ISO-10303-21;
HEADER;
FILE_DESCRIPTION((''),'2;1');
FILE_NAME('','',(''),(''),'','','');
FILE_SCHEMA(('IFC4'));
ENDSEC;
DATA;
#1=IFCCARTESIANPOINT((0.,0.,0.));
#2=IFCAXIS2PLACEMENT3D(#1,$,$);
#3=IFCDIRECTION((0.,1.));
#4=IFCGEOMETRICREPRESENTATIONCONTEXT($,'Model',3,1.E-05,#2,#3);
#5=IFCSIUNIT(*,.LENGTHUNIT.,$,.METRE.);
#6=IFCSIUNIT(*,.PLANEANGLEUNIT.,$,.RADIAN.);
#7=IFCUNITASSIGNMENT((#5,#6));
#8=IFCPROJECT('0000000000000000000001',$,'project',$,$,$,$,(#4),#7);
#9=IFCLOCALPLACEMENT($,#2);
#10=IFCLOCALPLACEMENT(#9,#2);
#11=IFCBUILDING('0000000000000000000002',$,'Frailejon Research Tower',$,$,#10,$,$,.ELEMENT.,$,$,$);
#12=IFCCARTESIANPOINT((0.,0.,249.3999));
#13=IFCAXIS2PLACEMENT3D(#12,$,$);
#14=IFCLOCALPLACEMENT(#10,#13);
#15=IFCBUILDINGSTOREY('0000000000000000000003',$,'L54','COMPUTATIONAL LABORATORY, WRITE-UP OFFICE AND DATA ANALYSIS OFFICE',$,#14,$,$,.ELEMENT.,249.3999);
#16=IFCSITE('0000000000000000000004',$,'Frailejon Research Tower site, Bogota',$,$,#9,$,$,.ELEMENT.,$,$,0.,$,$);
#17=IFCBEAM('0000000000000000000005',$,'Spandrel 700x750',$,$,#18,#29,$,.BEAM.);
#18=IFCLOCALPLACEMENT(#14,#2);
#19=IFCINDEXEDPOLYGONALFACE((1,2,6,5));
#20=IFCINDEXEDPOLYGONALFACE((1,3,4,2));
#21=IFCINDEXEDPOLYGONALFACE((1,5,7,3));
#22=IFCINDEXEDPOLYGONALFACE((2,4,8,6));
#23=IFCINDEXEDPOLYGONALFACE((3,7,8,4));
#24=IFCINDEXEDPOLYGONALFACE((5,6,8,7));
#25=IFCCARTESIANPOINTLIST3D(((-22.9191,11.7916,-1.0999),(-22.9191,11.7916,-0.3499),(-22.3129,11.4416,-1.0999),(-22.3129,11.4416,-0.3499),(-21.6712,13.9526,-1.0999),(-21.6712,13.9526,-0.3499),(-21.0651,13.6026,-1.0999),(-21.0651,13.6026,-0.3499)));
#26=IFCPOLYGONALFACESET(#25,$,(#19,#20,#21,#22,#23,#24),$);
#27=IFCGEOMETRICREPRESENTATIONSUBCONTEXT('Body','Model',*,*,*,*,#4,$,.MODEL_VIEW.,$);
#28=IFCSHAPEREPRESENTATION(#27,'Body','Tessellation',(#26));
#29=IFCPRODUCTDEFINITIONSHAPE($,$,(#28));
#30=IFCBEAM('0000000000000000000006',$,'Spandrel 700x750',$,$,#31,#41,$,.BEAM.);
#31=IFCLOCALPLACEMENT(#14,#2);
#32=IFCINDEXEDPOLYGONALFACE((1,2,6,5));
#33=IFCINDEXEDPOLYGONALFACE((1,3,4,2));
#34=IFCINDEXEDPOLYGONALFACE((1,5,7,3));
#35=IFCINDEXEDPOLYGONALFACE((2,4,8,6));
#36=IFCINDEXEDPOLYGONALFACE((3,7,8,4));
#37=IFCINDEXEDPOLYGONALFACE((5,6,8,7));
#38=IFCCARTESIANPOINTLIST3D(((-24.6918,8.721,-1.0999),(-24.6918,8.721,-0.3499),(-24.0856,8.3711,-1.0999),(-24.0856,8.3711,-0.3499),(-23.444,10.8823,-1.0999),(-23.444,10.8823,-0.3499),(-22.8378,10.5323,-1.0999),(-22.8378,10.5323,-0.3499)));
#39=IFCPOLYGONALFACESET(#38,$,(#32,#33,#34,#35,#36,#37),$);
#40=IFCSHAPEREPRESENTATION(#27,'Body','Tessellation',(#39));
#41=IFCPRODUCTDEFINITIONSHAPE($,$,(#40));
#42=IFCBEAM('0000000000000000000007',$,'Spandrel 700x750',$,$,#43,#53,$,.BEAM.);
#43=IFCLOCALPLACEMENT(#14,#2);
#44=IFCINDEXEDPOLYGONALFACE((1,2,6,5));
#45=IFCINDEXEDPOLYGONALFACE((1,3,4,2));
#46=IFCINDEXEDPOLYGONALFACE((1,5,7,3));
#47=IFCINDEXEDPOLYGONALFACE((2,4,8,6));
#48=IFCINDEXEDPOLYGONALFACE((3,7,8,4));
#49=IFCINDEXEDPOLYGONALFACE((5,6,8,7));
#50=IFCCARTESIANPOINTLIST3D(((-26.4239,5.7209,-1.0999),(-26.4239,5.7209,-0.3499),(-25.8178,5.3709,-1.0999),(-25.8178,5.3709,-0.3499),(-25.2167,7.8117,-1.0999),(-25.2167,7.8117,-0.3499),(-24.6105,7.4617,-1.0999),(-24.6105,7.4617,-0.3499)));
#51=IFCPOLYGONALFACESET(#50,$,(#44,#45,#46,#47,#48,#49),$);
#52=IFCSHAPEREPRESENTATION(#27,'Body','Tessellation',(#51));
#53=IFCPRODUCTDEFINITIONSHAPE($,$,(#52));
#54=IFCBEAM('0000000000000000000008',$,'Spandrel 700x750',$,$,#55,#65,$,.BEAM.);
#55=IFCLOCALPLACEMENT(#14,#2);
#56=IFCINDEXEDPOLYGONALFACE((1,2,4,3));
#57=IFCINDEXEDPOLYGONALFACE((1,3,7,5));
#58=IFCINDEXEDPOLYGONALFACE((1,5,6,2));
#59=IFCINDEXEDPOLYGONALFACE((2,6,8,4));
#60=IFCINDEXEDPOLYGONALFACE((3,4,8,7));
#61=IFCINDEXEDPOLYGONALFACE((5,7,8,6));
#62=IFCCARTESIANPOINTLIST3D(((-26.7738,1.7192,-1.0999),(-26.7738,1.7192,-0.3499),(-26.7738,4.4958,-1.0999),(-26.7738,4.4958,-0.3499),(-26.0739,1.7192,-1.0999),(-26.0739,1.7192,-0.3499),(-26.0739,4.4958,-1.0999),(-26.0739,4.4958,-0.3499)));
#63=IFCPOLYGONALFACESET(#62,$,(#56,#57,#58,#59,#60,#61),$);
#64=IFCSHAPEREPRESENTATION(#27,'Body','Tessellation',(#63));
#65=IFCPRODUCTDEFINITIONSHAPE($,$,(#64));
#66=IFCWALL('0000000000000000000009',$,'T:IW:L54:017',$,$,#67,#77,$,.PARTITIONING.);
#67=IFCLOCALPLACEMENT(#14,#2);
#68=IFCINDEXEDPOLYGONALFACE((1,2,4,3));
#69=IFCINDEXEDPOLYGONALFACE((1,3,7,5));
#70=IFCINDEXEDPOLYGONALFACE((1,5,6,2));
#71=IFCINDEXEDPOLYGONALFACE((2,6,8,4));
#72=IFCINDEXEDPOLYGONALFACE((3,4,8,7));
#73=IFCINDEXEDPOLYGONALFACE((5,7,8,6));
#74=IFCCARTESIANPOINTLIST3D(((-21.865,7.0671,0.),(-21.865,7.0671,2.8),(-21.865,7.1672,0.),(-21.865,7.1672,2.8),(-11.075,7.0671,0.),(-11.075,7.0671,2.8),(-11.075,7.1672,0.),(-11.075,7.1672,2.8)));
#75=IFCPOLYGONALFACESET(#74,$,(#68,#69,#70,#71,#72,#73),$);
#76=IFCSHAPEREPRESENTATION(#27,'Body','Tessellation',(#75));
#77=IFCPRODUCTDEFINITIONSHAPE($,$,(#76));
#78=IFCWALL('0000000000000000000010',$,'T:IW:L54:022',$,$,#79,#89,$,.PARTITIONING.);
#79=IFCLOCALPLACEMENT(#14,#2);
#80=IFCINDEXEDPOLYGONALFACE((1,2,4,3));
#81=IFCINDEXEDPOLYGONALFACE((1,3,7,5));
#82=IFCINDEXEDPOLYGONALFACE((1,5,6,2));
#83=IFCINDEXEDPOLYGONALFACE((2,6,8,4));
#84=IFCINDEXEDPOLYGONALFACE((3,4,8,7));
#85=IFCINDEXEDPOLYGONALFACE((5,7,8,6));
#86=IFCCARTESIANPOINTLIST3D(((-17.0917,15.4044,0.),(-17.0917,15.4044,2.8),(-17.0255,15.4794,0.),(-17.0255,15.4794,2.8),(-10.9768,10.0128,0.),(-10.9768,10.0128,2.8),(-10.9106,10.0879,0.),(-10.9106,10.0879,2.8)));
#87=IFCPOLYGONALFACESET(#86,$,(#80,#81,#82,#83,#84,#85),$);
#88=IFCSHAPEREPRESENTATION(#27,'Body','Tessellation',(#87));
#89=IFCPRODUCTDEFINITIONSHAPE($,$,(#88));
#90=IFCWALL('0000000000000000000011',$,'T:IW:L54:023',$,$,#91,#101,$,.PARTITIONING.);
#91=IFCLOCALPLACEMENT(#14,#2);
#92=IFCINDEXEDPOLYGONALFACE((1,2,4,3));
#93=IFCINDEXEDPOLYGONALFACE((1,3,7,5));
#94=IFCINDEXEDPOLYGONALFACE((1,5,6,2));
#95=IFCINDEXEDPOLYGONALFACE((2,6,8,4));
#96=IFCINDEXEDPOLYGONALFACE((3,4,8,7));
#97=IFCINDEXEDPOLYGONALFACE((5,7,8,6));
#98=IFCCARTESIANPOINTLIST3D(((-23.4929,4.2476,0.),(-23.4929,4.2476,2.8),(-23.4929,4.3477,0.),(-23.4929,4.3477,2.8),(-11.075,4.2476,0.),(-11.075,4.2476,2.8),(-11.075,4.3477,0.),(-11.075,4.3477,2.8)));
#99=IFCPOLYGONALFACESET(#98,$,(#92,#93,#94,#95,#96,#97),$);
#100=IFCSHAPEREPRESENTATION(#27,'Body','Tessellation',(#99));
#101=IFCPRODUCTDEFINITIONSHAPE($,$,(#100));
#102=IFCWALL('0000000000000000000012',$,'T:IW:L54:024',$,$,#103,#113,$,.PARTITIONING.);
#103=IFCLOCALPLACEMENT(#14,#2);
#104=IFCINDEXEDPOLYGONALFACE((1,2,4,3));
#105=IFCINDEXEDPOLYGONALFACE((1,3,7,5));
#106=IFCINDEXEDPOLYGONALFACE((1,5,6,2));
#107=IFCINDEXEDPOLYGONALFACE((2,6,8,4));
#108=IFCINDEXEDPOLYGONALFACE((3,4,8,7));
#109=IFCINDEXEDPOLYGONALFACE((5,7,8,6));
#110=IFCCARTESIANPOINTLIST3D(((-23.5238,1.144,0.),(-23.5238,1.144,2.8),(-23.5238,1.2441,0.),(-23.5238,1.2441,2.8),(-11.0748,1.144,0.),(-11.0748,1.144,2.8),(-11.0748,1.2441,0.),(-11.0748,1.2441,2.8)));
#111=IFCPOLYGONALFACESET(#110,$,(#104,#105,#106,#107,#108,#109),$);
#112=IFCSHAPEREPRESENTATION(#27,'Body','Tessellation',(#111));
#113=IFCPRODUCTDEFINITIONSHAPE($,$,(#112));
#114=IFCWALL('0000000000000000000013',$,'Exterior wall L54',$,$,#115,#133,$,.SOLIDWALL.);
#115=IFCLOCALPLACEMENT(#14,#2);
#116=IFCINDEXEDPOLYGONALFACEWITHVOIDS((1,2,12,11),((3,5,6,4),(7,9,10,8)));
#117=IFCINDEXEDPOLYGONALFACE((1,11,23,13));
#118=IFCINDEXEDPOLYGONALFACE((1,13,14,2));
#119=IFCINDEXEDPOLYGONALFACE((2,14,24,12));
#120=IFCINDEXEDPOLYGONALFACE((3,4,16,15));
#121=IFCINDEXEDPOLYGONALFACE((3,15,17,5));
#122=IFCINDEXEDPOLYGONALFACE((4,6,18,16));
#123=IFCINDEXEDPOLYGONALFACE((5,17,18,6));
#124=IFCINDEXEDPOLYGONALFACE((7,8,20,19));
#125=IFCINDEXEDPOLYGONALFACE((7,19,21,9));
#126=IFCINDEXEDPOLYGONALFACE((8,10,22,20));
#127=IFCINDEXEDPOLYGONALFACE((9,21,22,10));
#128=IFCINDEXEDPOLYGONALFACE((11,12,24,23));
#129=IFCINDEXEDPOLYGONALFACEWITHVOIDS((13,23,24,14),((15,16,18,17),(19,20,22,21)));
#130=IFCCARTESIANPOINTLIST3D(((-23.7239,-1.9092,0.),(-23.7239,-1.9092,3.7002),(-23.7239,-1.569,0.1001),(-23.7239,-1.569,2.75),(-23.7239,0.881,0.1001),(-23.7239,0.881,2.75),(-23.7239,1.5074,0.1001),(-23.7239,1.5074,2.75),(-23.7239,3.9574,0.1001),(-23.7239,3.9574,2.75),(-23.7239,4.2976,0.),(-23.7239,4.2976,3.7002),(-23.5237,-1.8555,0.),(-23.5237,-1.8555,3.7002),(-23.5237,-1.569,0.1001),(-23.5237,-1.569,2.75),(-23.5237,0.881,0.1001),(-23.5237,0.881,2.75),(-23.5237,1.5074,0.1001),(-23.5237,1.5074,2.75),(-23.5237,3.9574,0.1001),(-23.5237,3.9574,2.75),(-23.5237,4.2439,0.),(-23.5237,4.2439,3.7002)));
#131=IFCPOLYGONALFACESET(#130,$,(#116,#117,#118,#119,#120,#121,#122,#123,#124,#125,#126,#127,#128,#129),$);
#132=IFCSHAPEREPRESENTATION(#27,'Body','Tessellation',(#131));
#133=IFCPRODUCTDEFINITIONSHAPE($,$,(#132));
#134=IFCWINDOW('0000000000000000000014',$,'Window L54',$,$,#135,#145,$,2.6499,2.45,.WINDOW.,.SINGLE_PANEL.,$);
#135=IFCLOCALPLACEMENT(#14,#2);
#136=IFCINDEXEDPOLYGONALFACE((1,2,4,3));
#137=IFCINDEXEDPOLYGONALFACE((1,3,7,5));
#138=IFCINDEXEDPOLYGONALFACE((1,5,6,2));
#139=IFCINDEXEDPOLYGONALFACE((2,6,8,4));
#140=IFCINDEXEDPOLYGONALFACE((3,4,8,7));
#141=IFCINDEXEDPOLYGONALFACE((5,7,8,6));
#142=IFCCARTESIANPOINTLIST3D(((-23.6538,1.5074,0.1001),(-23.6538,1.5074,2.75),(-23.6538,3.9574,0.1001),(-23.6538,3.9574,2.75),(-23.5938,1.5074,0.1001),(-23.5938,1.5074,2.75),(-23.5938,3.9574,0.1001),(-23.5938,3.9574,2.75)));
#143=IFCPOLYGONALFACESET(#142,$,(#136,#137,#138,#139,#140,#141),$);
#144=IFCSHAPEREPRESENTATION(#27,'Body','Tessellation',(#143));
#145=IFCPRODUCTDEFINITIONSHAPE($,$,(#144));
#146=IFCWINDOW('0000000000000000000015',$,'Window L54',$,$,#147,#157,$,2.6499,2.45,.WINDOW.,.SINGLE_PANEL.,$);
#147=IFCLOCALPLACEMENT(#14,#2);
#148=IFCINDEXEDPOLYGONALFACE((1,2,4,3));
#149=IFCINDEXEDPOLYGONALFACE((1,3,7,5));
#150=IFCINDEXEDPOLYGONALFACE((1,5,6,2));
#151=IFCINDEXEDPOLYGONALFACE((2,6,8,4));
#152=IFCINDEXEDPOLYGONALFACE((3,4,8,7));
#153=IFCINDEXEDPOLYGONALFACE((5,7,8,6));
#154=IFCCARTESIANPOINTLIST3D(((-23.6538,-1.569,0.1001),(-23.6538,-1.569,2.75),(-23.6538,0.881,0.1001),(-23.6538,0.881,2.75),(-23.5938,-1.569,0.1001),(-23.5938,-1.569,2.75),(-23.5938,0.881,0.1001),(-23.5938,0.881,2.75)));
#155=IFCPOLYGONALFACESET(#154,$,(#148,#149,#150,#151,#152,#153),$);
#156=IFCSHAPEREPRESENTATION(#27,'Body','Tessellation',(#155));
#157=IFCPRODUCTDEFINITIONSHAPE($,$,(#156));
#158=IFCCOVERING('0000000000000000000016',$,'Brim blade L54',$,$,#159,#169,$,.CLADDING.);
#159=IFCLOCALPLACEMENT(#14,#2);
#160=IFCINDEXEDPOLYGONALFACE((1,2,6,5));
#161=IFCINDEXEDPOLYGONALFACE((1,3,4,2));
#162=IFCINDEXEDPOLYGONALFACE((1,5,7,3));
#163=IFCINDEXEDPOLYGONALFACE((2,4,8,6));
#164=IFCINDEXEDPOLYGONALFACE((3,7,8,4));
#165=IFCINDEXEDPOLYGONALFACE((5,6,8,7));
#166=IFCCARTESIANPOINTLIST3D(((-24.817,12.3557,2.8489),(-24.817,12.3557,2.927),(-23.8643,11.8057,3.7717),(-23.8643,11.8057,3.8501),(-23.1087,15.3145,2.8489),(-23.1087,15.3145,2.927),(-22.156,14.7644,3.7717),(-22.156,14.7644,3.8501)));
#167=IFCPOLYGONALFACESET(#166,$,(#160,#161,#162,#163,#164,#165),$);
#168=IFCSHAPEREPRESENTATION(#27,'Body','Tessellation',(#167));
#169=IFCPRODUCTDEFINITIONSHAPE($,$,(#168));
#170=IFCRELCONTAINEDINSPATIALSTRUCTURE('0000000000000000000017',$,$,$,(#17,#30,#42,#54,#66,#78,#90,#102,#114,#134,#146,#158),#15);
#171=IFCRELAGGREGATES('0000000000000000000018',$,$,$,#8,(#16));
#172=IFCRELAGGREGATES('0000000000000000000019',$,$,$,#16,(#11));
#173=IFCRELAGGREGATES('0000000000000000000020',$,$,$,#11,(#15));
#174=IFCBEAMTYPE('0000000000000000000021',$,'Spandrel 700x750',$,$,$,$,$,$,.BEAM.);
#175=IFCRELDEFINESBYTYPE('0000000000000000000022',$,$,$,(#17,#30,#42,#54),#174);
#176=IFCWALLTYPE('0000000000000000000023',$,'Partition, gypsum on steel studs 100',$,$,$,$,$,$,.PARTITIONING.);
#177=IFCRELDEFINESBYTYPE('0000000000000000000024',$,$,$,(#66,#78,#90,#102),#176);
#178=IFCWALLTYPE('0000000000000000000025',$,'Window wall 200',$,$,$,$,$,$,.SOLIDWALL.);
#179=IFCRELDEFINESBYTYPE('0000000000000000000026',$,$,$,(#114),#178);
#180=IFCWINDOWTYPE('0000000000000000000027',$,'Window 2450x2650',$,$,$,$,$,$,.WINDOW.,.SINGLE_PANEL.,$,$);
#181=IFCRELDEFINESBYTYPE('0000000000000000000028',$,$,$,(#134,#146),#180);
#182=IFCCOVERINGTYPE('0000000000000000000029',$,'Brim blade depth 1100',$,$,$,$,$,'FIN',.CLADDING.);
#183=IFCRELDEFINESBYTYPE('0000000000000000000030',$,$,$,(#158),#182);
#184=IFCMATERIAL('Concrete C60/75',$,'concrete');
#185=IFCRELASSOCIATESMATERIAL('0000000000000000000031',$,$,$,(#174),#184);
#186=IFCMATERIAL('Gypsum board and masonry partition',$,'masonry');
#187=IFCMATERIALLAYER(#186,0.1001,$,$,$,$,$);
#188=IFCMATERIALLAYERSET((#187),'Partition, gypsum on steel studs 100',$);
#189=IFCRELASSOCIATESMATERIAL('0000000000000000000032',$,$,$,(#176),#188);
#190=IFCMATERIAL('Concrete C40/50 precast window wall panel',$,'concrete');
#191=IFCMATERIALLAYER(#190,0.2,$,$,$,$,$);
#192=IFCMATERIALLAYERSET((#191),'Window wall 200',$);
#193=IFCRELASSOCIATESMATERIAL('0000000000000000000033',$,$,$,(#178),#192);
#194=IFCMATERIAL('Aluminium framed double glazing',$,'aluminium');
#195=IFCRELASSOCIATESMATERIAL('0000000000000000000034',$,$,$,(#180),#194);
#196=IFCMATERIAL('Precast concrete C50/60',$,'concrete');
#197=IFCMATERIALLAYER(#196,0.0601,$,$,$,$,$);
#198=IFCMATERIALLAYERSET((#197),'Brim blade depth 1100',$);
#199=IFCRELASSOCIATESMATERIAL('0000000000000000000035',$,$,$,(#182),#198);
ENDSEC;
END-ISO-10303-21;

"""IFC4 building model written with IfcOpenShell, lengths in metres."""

from ifc_helpers import new_model, si_unit, direction, frame, frame_2d, origin, origin_2d, place, context, subcontext, project, spatial, polyline, rectangle, outline, extrude, material, layer, layer_set, material_profile, profile_set, type_object, element, fill, save


model = new_model("IFC4")

# Units and contexts
model_context = context("Model", 3, precision=1e-05, world=origin(), true_north=direction((0.0, 1.0)))
body_context = subcontext(model_context, "Body", "Model", "MODEL_VIEW")
ifc_project = project(units=[si_unit("LENGTHUNIT", "METRE"), si_unit("PLANEANGLEUNIT", "RADIAN")], contexts=[model_context])

# Site, building, storey
site_placement = place(None, origin())
site = spatial("IfcSite", under=ifc_project, at=site_placement, Name="Frailejon Research Tower site, Bogota", CompositionType="ELEMENT", RefElevation=0.0)
building_placement = place(site_placement, origin())
building = spatial("IfcBuilding", under=site, at=building_placement, Name="Frailejon Research Tower", CompositionType="ELEMENT")
storey_placement = place(building_placement, frame((0.0, 0.0, 249.3999)))
storey = spatial("IfcBuildingStorey", under=building, at=storey_placement, Name="L54", Description="COMPUTATIONAL LABORATORY, WRITE-UP OFFICE AND DATA ANALYSIS OFFICE", CompositionType="ELEMENT", Elevation=249.3999)

# Beams
ifc_material_1 = material(Name="Concrete C60/75", Category="concrete")
ifc_material_profile_1 = material_profile(ifc_material_1, rectangle(XDim=0.7, YDim=0.75, at=origin_2d()), Name="Spandrel 700x750")
ifc_profile_set_1 = profile_set([ifc_material_profile_1], Name="Concrete C60/75")
beam_type_1 = type_object("IfcBeamType", Name="Spandrel 700x750", PredefinedType="BEAM", material=ifc_profile_set_1)
beam_1_placement = place(storey_placement, frame((-21.3682, 13.7776, -0.7249), z_axis=(-0.500064, -0.865988, 0.0), x_axis=(0.865988, -0.500064, 0.0)))
element("IfcBeam", 1, at=beam_1_placement, inside=storey, type_object=beam_type_1, Name="Spandrel 700x750", PredefinedType="BEAM", context=body_context, shape_type="SweptSolid", body=[
    extrude(rectangle(XDim=0.7, YDim=0.75, at=origin_2d()), origin(), (0.0, 0.0, 1.0), 2.4954),
])
beam_2_placement = place(storey_placement, frame((-23.1409, 10.7073, -0.7249), z_axis=(-0.500022, -0.866013, 0.0), x_axis=(0.866013, -0.500022, 0.0)))
element("IfcBeam", 2, at=beam_2_placement, inside=storey, type_object=beam_type_1, Name="Spandrel 700x750", PredefinedType="BEAM", context=body_context, shape_type="SweptSolid", body=[
    extrude(rectangle(XDim=0.7, YDim=0.75, at=origin_2d()), origin(), (0.0, 0.0, 1.0), 2.4956),
])
beam_3_placement = place(storey_placement, frame((-24.9136, 7.6367, -0.7249), z_axis=(-0.500043, -0.866, 0.0), x_axis=(0.866, -0.500043, 0.0)))
element("IfcBeam", 3, at=beam_3_placement, inside=storey, type_object=beam_type_1, Name="Spandrel 700x750", PredefinedType="BEAM", context=body_context, shape_type="SweptSolid", body=[
    extrude(rectangle(XDim=0.7, YDim=0.75, at=origin_2d()), origin(), (0.0, 0.0, 1.0), 2.4143),
])
beam_4_placement = place(storey_placement, frame((-26.4238, 4.4958, -0.7249), z_axis=(0.0, -1.0, 0.0), x_axis=(1.0, 0.0, 0.0)))
element("IfcBeam", 4, at=beam_4_placement, inside=storey, type_object=beam_type_1, Name="Spandrel 700x750", PredefinedType="BEAM", context=body_context, shape_type="SweptSolid", body=[
    extrude(rectangle(XDim=0.7, YDim=0.75, at=origin_2d()), origin(), (0.0, 0.0, 1.0), 2.7766),
])

# Walls
ifc_material_2 = material(Name="Gypsum board and masonry partition", Category="masonry")
ifc_layer_1 = layer(ifc_material_2, 0.1001)
ifc_layer_set_1 = layer_set([ifc_layer_1], Name="Partition, gypsum on steel studs 100")
wall_type_1 = type_object("IfcWallType", Name="Partition, gypsum on steel studs 100", PredefinedType="PARTITIONING", material=ifc_layer_set_1)
wall_1_placement = place(storey_placement, frame((-21.865, 7.1172, 0.0), z_axis=(0.0, 0.0, 1.0), x_axis=(1.0, 0.0, 0.0)))
element("IfcWall", 5, at=wall_1_placement, inside=storey, type_object=wall_type_1, Name="T:IW:L54:017", PredefinedType="PARTITIONING", context=body_context, shape_type="SweptSolid", body=[
    extrude(rectangle(XDim=10.79, YDim=0.1001, at=frame_2d((5.395, 0.0))), origin(), (0.0, 0.0, 1.0), 2.8),
])
wall_2_placement = place(storey_placement, frame((-17.0586, 15.4419, 0.0), z_axis=(0.0, 0.0, 1.0), x_axis=(0.75008, -0.661347, 0.0)))
element("IfcWall", 6, at=wall_2_placement, inside=storey, type_object=wall_type_1, Name="T:IW:L54:022", PredefinedType="PARTITIONING", context=body_context, shape_type="SweptSolid", body=[
    extrude(rectangle(XDim=8.1523, YDim=0.1001, at=frame_2d((4.0762, 0.0))), origin(), (0.0, 0.0, 1.0), 2.8),
])
wall_3_placement = place(storey_placement, frame((-23.4929, 4.2976, 0.0), z_axis=(0.0, 0.0, 1.0), x_axis=(1.0, 0.0, 0.0)))
element("IfcWall", 7, at=wall_3_placement, inside=storey, type_object=wall_type_1, Name="T:IW:L54:023", PredefinedType="PARTITIONING", context=body_context, shape_type="SweptSolid", body=[
    extrude(rectangle(XDim=12.418, YDim=0.1001, at=frame_2d((6.209, 0.0))), origin(), (0.0, 0.0, 1.0), 2.8),
])
wall_4_placement = place(storey_placement, frame((-23.5239, 1.1941, 0.0), z_axis=(0.0, 0.0, 1.0), x_axis=(1.0, 0.0, 0.0)))
element("IfcWall", 8, at=wall_4_placement, inside=storey, type_object=wall_type_1, Name="T:IW:L54:024", PredefinedType="PARTITIONING", context=body_context, shape_type="SweptSolid", body=[
    extrude(rectangle(XDim=12.449, YDim=0.1001, at=frame_2d((6.2246, 0.0))), origin(), (0.0, 0.0, 1.0), 2.8),
])

# Wall, openings, windows
ifc_material_3 = material(Name="Concrete C40/50 precast window wall panel", Category="concrete")
ifc_layer_2 = layer(ifc_material_3, 0.2)
ifc_layer_set_2 = layer_set([ifc_layer_2], Name="Window wall 200")
wall_type_2 = type_object("IfcWallType", Name="Window wall 200", PredefinedType="SOLIDWALL", material=ifc_layer_set_2)
wall_5_placement = place(storey_placement, frame((-23.6238, 4.2708, 0.0), z_axis=(0.0, 0.0, 1.0), x_axis=(0.0, -1.0, 0.0)))
wall_5 = element("IfcWall", 9, at=wall_5_placement, inside=storey, type_object=wall_type_2, Name="Exterior wall L54", PredefinedType="SOLIDWALL", context=body_context, shape_type="SweptSolid", body=[
    extrude(outline(polyline([(-0.0269, -0.1001), (1.0076, -0.1001), (2.042, -0.1001), (3.0767, -0.1001), (4.1111, -0.1001), (5.1455, -0.1001), (6.1799, -0.1001), (6.1262, 0.1001), (5.1096, 0.1001), (4.093, 0.1001), (3.0767, 0.1001), (2.0601, 0.1001), (1.0435, 0.1001), (0.0269, 0.1001), (-0.0269, -0.1001)])), origin(), (0.0, 0.0, 1.0), 3.7002),
])
opening_1_placement = place(wall_5_placement, frame((0.3132, 0.0, 0.1001)))
opening_1 = element("IfcOpeningElement", 10, at=opening_1_placement, cuts=wall_5, PredefinedType="OPENING", context=body_context, shape_type="SweptSolid", body=[
    extrude(rectangle(XDim=2.45, YDim=2.6499, at=frame_2d((1.2251, 1.325))), frame((0.0, 0.1099, 0.0), z_axis=(0.0, -1.0, 0.0), x_axis=(1.0, 0.0, 0.0)), (0.0, 0.0, 1.0), 0.22),
])
opening_2_placement = place(wall_5_placement, frame((3.3896, 0.0, 0.1001)))
opening_2 = element("IfcOpeningElement", 11, at=opening_2_placement, cuts=wall_5, PredefinedType="OPENING", context=body_context, shape_type="SweptSolid", body=[
    extrude(rectangle(XDim=2.45, YDim=2.6499, at=frame_2d((1.2251, 1.325))), frame((0.0, 0.1099, 0.0), z_axis=(0.0, -1.0, 0.0), x_axis=(1.0, 0.0, 0.0)), (0.0, 0.0, 1.0), 0.22),
])
ifc_material_4 = material(Name="Aluminium framed double glazing", Category="aluminium")
window_type = type_object("IfcWindowType", Name="Window 2450x2650", PartitioningType="SINGLE_PANEL", PredefinedType="WINDOW", material=ifc_material_4)
window_1_placement = place(opening_1_placement, origin())
window_1 = element("IfcWindow", 12, at=window_1_placement, inside=storey, type_object=window_type, Name="Window L54", OverallHeight=2.6499, OverallWidth=2.45, PartitioningType="SINGLE_PANEL", PredefinedType="WINDOW", context=body_context, shape_type="SweptSolid", body=[
    extrude(rectangle(XDim=2.45, YDim=2.6499, at=frame_2d((1.2251, 1.325))), frame((0.0, 0.03, 0.0), z_axis=(0.0, -1.0, 0.0), x_axis=(1.0, 0.0, 0.0)), (0.0, 0.0, 1.0), 0.0601),
])
fill(opening_1, window_1)
window_2_placement = place(opening_2_placement, origin())
window_2 = element("IfcWindow", 13, at=window_2_placement, inside=storey, type_object=window_type, Name="Window L54", OverallHeight=2.6499, OverallWidth=2.45, PartitioningType="SINGLE_PANEL", PredefinedType="WINDOW", context=body_context, shape_type="SweptSolid", body=[
    extrude(rectangle(XDim=2.45, YDim=2.6499, at=frame_2d((1.2251, 1.325))), frame((0.0, 0.03, 0.0), z_axis=(0.0, -1.0, 0.0), x_axis=(1.0, 0.0, 0.0)), (0.0, 0.0, 1.0), 0.0601),
])
fill(opening_2, window_2)

# Covering
ifc_material_5 = material(Name="Precast concrete C50/60", Category="concrete")
ifc_layer_3 = layer(ifc_material_5, 0.0601)
ifc_layer_set_3 = layer_set([ifc_layer_3], Name="Brim blade depth 1100")
covering_type_1 = type_object("IfcCoveringType", Name="Brim blade depth 1100", ElementType="FIN", PredefinedType="CLADDING", material=ifc_layer_set_3)
covering_1_placement = place(storey_placement, frame((-23.8643, 11.8057, 3.8501), z_axis=(0.499999, 0.866026, 0.0), x_axis=(-0.866026, 0.499999, 0.0)))
element("IfcCovering", 14, at=covering_1_placement, inside=storey, type_object=covering_type_1, Name="Brim blade L54", PredefinedType="CLADDING", context=body_context, shape_type="SweptSolid", body=[
    extrude(outline(polyline([(0.0, -0.0784), (1.1001, -1.0012), (1.1001, -0.9231), (0.0, 0.0), (0.0, -0.0784)])), origin(), (0.0, 0.0, 1.0), 3.4165),
])

save(model, "model.ifc")
